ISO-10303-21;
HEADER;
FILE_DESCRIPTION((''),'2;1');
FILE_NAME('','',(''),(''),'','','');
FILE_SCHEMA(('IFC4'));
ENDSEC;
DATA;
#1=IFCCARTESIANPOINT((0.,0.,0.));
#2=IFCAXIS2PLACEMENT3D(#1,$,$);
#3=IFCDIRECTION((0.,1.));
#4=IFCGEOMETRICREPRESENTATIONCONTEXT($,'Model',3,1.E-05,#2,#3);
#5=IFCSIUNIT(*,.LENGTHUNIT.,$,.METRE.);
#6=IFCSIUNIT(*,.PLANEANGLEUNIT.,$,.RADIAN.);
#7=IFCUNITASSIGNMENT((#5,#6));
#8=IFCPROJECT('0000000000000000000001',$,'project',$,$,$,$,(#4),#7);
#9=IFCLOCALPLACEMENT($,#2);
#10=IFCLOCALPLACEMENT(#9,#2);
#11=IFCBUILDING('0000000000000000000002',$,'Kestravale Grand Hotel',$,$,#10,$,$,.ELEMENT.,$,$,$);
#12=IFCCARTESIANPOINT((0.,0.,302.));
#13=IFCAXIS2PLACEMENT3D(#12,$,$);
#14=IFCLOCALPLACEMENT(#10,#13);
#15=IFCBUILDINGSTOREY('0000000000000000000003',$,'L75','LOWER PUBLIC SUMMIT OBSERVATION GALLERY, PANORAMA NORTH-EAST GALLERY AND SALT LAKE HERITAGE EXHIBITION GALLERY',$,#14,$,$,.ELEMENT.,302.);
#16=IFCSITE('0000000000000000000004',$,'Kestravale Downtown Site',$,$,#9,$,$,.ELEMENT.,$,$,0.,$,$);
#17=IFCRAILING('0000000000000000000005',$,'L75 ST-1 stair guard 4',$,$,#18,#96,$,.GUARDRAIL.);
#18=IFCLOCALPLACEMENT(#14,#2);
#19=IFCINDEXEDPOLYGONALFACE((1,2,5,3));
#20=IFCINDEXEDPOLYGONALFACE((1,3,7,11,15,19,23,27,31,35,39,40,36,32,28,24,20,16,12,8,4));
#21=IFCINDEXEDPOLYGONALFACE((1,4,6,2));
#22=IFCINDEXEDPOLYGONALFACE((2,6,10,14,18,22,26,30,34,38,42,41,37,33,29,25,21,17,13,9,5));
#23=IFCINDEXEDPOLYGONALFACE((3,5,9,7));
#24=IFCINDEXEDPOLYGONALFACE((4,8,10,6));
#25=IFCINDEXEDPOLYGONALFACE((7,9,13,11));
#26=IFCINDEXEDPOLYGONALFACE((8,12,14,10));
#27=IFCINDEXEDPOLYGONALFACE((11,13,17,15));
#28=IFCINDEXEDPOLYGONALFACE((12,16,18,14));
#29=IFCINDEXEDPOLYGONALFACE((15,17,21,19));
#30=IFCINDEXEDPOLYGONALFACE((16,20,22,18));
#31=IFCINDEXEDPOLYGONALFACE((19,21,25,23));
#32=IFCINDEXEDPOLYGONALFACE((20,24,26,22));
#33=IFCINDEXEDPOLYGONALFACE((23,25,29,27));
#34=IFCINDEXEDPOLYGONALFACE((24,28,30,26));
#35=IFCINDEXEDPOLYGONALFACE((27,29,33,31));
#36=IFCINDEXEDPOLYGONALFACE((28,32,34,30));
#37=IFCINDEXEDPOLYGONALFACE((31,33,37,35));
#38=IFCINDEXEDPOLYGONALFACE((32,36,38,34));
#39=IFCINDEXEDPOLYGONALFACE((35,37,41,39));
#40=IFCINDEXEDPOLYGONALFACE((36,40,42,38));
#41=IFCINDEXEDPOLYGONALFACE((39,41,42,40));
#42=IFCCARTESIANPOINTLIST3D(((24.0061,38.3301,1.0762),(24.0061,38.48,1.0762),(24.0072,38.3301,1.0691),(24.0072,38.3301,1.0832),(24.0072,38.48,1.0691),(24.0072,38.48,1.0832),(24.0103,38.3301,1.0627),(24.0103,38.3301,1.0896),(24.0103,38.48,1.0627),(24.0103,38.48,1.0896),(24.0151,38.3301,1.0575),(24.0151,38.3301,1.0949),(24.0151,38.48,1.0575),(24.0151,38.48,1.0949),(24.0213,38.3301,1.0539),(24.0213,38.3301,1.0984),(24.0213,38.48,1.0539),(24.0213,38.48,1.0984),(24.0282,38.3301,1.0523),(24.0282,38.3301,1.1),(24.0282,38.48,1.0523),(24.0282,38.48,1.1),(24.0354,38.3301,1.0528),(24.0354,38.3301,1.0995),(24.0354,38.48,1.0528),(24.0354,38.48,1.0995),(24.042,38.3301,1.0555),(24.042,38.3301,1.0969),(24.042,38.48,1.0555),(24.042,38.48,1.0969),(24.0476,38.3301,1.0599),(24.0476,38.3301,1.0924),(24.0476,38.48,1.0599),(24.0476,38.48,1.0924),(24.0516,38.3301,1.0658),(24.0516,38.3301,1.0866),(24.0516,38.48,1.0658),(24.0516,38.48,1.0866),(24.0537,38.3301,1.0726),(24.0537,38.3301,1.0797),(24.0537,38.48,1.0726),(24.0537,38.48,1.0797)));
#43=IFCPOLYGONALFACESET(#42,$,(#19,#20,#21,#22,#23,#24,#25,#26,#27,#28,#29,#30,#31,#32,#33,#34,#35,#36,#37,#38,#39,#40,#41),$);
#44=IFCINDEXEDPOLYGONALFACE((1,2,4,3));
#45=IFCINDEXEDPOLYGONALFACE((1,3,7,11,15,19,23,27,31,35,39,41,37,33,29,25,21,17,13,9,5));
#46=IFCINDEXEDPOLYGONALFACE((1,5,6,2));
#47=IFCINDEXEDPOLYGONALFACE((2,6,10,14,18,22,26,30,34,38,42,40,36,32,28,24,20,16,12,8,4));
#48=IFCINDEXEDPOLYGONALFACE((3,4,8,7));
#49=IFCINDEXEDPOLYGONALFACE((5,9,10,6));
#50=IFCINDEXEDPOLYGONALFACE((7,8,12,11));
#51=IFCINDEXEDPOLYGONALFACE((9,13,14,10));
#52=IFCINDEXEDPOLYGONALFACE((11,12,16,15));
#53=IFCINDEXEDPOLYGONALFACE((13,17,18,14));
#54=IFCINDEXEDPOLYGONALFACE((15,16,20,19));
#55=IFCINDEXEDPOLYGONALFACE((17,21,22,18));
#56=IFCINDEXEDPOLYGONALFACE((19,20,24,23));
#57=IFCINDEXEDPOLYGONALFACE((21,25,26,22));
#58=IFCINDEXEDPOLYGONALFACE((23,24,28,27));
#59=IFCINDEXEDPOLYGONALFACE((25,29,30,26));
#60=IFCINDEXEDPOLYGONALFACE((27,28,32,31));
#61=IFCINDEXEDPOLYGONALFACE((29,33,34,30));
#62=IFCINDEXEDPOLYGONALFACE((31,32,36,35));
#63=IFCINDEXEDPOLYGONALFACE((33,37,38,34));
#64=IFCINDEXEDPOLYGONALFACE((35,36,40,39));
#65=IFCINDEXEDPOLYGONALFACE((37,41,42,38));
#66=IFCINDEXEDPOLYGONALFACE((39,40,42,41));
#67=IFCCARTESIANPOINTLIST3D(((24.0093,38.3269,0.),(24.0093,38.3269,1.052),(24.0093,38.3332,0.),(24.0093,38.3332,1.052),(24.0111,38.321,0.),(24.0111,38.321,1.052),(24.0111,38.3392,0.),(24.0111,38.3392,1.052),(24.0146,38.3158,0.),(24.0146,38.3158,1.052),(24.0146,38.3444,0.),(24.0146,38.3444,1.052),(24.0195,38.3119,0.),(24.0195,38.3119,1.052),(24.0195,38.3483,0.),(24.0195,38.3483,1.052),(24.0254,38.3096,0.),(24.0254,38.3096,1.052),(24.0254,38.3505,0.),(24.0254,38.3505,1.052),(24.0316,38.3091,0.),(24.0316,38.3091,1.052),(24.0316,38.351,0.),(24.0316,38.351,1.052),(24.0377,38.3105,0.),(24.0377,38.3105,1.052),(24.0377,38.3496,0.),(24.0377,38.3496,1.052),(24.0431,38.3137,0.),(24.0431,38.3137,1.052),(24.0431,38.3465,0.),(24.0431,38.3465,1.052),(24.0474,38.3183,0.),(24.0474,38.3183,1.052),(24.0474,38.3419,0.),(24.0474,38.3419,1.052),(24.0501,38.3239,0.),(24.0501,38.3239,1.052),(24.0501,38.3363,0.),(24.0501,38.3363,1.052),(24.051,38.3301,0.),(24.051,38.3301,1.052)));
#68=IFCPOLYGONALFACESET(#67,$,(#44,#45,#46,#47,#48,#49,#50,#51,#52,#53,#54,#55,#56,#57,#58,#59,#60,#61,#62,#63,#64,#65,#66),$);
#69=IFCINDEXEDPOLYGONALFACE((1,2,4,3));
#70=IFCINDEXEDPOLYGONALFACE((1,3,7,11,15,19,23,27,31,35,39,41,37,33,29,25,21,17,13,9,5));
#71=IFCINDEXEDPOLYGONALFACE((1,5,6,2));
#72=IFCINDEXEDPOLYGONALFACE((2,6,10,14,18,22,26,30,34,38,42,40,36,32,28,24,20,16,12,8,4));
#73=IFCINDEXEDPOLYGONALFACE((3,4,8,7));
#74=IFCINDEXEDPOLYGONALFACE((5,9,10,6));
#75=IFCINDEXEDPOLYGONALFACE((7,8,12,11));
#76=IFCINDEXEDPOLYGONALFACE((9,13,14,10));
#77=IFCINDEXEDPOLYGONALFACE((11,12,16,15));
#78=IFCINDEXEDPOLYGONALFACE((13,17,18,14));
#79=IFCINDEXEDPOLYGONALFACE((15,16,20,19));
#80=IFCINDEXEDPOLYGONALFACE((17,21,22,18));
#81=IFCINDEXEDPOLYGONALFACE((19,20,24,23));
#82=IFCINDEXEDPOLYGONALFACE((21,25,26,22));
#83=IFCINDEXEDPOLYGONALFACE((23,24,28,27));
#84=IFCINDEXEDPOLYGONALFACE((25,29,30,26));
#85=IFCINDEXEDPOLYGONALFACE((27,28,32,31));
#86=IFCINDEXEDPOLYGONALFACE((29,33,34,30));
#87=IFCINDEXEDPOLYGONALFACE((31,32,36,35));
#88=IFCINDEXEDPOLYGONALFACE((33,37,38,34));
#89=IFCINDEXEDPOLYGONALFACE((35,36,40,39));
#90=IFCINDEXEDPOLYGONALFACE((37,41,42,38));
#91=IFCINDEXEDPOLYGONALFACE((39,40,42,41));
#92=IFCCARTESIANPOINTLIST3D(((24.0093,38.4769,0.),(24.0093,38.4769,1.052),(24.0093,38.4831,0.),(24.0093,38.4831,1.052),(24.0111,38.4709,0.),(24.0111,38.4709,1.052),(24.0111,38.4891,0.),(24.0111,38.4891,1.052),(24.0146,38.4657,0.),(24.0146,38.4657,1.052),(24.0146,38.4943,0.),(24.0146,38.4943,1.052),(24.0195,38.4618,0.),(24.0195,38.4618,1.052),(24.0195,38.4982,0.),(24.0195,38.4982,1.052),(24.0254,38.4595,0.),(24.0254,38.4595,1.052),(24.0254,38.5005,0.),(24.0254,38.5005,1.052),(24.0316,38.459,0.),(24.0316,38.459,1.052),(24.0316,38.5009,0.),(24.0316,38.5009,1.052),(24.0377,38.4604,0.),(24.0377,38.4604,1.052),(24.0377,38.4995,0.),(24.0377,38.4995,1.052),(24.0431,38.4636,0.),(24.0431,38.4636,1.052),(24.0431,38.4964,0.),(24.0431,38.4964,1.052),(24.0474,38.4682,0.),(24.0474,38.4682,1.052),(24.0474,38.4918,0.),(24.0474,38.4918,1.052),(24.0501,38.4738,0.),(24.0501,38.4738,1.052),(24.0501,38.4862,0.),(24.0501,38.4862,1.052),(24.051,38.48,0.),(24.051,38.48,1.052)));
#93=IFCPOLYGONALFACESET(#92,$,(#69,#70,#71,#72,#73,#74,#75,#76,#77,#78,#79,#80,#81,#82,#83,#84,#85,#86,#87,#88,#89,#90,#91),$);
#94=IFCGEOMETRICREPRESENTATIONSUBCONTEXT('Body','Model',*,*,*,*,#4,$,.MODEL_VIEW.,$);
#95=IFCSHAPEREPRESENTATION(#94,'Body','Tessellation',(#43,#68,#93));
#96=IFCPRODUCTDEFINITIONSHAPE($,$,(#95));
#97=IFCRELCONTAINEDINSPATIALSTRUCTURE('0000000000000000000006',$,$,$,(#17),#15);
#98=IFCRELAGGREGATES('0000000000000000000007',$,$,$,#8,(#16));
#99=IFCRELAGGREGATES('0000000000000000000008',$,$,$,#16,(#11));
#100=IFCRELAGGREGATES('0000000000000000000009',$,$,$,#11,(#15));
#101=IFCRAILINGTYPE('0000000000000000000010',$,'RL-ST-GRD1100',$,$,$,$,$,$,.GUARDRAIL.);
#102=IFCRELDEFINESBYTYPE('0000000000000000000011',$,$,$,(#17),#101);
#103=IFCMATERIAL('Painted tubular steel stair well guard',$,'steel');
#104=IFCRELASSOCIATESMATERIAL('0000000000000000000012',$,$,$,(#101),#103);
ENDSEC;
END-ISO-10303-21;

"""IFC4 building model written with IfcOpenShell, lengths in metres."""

from ifc_helpers import new_model, si_unit, direction, frame, origin, origin_2d, place, context, subcontext, project, spatial, circle, extrude, material, type_object, element, save


model = new_model("IFC4")

# Units and contexts
model_context = context("Model", 3, precision=1e-05, world=origin(), true_north=direction((0.0, 1.0)))
body_context = subcontext(model_context, "Body", "Model", "MODEL_VIEW")
ifc_project = project(units=[si_unit("LENGTHUNIT", "METRE"), si_unit("PLANEANGLEUNIT", "RADIAN")], contexts=[model_context])

# Site, building, storey
site_placement = place(None, origin())
site = spatial("IfcSite", under=ifc_project, at=site_placement, Name="Kestravale Downtown Site", CompositionType="ELEMENT", RefElevation=0.0)
building_placement = place(site_placement, origin())
building = spatial("IfcBuilding", under=site, at=building_placement, Name="Kestravale Grand Hotel", CompositionType="ELEMENT")
storey_placement = place(building_placement, frame((0.0, 0.0, 302.0)))
storey = spatial("IfcBuildingStorey", under=building, at=storey_placement, Name="L75", Description="LOWER PUBLIC SUMMIT OBSERVATION GALLERY, PANORAMA NORTH-EAST GALLERY AND SALT LAKE HERITAGE EXHIBITION GALLERY", CompositionType="ELEMENT", Elevation=302.0)

# Railing
ifc_material_1 = material(Name="Painted tubular steel stair well guard", Category="steel")
railing_type_1 = type_object("IfcRailingType", Name="RL-ST-GRD1100", PredefinedType="GUARDRAIL", material=ifc_material_1)
railing_1_placement = place(storey_placement, frame((24.03, 38.3301, 0.0)))
element("IfcRailing", 1, at=railing_1_placement, inside=storey, type_object=railing_type_1, Name="L75 ST-1 stair guard 4", PredefinedType="GUARDRAIL", context=body_context, shape_type="SweptSolid", body=[
    extrude(circle(Radius=0.0239, at=origin_2d()), frame((0.0, 0.0, 1.0762), z_axis=(0.0, 1.0, 0.0), x_axis=(-1.0, 0.0, 0.0)), (0.0, 0.0, 1.0), 0.1499),
    extrude(circle(Radius=0.021, at=origin_2d()), origin(), (0.0, 0.0, 1.0), 1.052),
    extrude(circle(Radius=0.021, at=origin_2d()), frame((0.0, 0.1499, 0.0)), (0.0, 0.0, 1.0), 1.052),
])

save(model, "model.ifc")
